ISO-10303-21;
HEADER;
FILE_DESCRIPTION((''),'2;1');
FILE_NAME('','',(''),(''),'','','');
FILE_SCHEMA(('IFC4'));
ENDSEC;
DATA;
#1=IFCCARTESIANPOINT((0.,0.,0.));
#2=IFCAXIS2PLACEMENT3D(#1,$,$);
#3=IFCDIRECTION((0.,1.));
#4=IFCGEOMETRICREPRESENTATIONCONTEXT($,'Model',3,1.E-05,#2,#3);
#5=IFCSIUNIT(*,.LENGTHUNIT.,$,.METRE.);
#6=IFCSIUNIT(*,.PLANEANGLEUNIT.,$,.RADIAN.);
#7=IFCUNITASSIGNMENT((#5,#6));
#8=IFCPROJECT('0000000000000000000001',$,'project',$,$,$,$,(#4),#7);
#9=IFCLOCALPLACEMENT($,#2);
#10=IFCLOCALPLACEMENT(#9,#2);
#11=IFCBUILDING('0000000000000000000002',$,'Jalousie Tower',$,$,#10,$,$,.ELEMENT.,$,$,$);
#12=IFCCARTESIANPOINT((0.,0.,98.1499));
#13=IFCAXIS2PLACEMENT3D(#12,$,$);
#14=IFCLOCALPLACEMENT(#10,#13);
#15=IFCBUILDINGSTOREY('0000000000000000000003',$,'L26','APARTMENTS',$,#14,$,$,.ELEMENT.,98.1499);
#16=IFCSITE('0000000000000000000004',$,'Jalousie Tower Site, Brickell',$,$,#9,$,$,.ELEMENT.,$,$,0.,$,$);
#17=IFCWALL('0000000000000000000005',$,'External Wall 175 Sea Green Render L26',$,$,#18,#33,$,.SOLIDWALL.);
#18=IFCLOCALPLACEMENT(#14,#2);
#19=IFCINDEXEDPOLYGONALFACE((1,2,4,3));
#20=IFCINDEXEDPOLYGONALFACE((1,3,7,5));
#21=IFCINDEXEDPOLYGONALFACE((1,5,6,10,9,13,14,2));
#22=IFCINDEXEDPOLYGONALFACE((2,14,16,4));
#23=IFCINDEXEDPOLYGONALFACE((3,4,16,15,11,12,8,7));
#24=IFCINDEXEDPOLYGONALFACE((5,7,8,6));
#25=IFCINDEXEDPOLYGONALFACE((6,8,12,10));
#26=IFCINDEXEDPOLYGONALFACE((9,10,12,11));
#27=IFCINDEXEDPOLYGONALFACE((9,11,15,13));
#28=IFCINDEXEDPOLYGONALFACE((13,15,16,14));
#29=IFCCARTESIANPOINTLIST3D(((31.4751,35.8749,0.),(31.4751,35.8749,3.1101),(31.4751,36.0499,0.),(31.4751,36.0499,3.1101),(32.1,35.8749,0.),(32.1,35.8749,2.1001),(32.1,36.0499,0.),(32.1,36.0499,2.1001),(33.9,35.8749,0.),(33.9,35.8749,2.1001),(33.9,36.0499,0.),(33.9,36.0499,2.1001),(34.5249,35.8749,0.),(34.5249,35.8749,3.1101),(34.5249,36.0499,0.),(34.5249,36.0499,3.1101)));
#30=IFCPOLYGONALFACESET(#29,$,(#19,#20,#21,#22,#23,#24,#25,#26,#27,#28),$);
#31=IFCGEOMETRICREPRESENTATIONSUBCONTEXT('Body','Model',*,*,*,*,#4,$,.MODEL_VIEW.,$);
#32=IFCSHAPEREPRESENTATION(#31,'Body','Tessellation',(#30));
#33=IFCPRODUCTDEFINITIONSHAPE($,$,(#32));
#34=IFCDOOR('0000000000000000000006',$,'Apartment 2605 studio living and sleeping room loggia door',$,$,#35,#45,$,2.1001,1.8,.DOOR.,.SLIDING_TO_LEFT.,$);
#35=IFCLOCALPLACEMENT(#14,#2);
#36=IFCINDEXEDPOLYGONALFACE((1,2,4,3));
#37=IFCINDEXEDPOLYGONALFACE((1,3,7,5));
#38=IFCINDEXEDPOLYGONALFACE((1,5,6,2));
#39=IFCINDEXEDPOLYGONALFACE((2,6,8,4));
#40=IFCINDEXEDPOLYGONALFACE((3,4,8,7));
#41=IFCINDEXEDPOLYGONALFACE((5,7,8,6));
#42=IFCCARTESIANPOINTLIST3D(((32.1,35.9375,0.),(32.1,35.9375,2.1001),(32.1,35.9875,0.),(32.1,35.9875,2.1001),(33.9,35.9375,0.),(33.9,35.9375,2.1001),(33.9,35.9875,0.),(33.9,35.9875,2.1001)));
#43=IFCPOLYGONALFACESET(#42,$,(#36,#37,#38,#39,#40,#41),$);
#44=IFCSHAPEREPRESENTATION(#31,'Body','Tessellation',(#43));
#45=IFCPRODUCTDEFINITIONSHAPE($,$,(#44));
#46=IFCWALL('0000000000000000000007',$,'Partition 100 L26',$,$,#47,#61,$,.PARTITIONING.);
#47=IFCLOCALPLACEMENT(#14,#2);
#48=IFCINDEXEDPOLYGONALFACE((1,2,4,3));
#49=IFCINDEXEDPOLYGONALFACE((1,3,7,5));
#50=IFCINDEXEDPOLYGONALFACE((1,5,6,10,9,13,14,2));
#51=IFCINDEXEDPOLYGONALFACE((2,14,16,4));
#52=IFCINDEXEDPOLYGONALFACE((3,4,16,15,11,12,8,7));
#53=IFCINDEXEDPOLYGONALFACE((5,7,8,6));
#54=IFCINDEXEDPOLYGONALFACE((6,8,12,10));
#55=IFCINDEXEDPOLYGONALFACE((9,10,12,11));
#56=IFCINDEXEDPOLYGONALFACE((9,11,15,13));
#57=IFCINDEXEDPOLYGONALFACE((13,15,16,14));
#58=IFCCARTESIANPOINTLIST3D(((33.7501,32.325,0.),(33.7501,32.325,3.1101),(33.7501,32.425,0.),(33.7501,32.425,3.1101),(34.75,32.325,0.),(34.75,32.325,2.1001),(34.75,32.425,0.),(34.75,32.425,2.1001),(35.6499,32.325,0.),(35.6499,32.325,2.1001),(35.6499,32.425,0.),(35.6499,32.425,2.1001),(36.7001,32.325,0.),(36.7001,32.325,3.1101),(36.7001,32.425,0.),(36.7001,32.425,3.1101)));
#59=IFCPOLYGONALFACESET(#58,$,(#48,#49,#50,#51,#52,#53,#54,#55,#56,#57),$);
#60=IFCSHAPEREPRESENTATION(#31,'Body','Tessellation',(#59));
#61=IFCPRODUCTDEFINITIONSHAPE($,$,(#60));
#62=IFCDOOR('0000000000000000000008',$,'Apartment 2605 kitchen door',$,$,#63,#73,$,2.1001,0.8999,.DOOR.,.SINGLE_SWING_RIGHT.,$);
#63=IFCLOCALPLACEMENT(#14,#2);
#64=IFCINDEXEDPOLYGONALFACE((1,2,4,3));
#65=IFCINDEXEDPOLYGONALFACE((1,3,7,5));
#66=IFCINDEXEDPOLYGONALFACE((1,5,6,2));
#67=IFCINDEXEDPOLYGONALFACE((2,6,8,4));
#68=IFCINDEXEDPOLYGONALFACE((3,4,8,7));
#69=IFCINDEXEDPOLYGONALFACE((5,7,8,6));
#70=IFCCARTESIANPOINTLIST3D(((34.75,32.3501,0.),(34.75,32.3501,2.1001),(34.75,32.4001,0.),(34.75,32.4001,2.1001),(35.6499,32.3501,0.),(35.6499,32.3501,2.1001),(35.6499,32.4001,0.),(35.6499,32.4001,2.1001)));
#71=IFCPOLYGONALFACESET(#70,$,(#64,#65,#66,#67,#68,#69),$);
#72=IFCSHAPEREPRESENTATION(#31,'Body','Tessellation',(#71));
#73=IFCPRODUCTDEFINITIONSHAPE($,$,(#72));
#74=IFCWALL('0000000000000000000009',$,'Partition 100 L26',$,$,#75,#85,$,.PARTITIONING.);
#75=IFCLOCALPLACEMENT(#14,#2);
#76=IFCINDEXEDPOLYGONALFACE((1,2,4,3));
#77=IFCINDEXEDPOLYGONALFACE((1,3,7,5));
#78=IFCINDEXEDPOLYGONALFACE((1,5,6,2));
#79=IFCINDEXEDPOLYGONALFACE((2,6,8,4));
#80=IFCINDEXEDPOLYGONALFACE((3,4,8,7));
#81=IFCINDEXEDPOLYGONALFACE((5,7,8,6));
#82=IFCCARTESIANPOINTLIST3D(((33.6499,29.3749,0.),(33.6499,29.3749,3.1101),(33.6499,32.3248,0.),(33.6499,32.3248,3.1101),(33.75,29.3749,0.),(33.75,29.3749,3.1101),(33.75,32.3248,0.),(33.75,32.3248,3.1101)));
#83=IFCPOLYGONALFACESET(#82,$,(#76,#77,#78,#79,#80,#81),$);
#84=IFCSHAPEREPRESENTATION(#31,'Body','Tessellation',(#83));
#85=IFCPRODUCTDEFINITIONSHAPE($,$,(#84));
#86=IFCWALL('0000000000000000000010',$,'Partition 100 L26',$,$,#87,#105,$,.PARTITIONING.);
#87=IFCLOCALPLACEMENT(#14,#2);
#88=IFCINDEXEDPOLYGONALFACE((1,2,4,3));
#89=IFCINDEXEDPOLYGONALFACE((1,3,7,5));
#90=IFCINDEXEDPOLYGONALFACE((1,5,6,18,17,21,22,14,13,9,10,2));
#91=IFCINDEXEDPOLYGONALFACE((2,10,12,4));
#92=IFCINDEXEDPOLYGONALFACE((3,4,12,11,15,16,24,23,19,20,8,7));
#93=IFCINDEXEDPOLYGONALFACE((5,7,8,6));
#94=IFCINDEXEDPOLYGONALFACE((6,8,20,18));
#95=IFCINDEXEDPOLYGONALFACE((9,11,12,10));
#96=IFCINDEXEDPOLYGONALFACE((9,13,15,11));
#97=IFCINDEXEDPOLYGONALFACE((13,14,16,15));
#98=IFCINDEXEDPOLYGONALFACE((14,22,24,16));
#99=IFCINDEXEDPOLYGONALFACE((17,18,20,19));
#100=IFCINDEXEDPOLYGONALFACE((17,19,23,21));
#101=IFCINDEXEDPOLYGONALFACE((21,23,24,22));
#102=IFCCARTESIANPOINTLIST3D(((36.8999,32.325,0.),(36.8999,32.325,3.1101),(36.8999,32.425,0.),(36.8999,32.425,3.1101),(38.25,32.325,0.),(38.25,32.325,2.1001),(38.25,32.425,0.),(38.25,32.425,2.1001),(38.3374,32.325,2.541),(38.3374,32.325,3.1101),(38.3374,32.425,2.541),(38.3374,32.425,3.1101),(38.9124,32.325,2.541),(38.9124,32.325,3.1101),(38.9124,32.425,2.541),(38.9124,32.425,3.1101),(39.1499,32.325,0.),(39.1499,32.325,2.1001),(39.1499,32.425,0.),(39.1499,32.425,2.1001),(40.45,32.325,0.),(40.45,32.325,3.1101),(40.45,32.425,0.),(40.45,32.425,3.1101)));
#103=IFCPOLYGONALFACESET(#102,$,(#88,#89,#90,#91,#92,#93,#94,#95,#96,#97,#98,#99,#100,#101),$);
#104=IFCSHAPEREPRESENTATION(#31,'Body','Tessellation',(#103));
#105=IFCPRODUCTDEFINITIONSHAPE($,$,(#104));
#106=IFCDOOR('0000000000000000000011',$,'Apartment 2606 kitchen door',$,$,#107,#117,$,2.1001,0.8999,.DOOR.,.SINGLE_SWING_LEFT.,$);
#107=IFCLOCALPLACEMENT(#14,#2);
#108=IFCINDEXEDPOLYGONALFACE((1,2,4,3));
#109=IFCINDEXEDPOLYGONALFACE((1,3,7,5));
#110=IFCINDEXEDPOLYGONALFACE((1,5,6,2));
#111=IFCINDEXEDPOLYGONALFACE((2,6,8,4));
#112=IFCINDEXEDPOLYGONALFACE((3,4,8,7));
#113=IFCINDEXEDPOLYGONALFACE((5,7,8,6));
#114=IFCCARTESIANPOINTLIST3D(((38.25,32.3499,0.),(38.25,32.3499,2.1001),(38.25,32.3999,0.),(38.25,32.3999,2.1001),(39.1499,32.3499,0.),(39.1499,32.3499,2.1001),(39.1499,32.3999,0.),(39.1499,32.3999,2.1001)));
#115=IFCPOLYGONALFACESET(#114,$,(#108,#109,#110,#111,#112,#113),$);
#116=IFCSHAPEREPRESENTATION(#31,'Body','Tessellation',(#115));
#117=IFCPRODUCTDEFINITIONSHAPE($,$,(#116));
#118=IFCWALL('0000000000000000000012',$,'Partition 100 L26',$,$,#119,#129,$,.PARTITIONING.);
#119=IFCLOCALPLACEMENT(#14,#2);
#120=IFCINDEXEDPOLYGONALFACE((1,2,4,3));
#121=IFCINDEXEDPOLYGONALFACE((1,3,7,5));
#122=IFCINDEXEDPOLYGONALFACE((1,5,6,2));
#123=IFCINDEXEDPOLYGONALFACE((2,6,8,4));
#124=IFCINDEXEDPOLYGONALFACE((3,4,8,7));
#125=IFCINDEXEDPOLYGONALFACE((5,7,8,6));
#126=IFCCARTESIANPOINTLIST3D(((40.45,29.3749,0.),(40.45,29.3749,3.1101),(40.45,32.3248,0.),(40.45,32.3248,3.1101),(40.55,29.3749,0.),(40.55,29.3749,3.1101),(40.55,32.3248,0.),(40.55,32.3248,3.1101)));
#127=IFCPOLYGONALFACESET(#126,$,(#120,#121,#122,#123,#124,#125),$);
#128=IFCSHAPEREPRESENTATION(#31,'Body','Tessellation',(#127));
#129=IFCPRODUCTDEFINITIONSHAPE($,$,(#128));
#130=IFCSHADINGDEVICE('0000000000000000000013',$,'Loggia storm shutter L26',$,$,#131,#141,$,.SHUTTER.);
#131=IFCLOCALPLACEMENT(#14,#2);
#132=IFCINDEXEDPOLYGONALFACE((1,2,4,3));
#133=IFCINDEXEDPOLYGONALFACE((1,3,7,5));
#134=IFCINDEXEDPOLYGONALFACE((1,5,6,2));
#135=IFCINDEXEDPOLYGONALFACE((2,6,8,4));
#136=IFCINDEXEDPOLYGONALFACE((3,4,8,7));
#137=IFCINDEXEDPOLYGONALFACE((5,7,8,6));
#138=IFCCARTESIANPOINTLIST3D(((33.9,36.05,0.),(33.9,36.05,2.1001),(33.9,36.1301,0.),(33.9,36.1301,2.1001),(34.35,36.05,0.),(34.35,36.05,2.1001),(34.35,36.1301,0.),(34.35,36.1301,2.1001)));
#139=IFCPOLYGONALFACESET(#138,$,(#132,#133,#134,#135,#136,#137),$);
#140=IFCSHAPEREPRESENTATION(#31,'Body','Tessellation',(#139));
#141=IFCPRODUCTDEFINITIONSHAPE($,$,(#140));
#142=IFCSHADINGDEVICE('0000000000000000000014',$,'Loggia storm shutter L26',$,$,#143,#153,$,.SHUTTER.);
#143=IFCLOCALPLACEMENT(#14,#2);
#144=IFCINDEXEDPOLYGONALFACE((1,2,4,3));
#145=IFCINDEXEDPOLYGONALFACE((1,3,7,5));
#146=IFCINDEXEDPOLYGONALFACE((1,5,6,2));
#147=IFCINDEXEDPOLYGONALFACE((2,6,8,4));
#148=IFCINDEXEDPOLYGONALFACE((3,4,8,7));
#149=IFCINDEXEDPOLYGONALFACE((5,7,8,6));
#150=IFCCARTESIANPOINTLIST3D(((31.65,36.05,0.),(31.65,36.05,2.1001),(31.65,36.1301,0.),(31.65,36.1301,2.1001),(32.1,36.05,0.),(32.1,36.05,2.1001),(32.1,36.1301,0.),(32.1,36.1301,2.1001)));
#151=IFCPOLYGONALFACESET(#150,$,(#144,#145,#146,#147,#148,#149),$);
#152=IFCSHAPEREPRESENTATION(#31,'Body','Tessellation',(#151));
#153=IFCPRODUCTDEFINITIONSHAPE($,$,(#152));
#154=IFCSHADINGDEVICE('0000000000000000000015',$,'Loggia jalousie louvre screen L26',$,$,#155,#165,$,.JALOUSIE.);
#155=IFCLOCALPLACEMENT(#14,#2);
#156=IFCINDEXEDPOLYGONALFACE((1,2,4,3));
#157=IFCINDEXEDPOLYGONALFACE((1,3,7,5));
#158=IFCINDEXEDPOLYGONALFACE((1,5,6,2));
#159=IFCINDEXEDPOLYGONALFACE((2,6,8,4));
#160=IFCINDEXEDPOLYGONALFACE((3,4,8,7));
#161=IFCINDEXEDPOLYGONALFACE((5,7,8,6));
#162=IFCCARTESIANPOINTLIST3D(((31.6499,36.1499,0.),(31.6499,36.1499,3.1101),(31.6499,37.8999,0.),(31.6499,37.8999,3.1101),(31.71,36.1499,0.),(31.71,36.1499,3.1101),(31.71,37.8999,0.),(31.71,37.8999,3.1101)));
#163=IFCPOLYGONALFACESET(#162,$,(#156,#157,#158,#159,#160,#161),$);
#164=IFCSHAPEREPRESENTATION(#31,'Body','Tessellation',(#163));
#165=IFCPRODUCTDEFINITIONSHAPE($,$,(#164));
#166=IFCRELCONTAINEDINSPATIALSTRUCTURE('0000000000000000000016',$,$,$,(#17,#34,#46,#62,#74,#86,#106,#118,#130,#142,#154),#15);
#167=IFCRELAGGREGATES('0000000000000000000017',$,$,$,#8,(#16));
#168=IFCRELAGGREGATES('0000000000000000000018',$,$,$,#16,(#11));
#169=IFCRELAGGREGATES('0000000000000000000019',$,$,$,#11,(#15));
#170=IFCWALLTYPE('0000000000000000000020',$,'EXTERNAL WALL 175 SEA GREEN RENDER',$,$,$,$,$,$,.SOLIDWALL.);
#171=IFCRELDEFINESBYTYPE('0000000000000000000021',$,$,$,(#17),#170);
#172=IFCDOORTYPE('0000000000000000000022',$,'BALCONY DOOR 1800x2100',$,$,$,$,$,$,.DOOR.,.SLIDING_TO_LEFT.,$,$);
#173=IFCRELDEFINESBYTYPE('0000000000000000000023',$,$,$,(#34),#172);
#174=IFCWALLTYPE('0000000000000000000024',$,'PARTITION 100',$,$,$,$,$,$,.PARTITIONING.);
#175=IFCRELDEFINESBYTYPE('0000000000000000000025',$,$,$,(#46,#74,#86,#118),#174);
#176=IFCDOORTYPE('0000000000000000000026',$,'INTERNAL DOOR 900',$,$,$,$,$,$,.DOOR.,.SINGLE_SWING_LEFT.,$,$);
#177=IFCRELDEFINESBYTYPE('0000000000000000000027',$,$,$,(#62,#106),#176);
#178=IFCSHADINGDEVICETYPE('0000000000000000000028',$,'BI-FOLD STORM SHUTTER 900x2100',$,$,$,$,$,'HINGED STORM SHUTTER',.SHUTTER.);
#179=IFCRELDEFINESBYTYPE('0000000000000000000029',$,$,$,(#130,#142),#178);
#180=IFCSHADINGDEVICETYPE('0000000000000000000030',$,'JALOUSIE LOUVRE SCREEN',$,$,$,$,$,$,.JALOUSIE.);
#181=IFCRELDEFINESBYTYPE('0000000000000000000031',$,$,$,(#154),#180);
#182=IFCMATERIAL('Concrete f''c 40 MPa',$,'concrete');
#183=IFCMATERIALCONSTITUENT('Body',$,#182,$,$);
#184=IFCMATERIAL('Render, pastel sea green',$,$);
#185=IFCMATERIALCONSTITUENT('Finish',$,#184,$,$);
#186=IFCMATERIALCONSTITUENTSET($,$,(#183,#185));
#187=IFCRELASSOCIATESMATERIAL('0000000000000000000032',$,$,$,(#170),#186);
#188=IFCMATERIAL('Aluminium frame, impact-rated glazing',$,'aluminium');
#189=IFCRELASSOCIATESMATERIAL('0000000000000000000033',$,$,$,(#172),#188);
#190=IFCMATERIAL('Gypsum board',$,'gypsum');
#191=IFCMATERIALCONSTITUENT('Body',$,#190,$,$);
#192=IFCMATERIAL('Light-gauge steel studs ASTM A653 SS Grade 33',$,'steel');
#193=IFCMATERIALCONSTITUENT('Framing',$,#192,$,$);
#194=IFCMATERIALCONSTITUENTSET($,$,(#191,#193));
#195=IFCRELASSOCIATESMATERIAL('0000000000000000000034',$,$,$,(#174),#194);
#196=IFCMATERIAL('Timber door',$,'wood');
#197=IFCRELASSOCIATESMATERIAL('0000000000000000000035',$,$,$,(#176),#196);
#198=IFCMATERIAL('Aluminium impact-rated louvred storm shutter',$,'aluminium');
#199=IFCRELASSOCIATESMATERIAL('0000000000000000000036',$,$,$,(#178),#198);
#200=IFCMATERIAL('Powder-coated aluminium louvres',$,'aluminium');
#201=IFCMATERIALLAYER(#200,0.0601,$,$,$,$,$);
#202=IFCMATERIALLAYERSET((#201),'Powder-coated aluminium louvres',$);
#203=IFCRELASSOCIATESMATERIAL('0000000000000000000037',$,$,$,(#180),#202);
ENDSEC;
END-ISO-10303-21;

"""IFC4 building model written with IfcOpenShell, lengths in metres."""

from ifc_helpers import new_model, si_unit, direction, frame, frame_2d, origin, origin_2d, place, context, subcontext, project, spatial, polyline, rectangle, outline, extrude, material, layer, layer_set, constituent, constituent_set, type_object, element, fill, save


model = new_model("IFC4")

# Units and contexts
model_context = context("Model", 3, precision=1e-05, world=origin(), true_north=direction((0.0, 1.0)))
body_context = subcontext(model_context, "Body", "Model", "MODEL_VIEW")
ifc_project = project(units=[si_unit("LENGTHUNIT", "METRE"), si_unit("PLANEANGLEUNIT", "RADIAN")], contexts=[model_context])

# Site, building, storey
site_placement = place(None, origin())
site = spatial("IfcSite", under=ifc_project, at=site_placement, Name="Jalousie Tower Site, Brickell", CompositionType="ELEMENT", RefElevation=0.0)
building_placement = place(site_placement, origin())
building = spatial("IfcBuilding", under=site, at=building_placement, Name="Jalousie Tower", CompositionType="ELEMENT")
storey_placement = place(building_placement, frame((0.0, 0.0, 98.1499)))
storey = spatial("IfcBuildingStorey", under=building, at=storey_placement, Name="L26", Description="APARTMENTS", CompositionType="ELEMENT", Elevation=98.1499)

# Walls, openings, doors
ifc_material_1 = material(Name="Concrete f'c 40 MPa", Category="concrete")
ifc_constituent_1 = constituent(ifc_material_1, Name="Body")
ifc_material_2 = material(Name="Render, pastel sea green")
ifc_constituent_2 = constituent(ifc_material_2, Name="Finish")
ifc_constituent_set_1 = constituent_set(constituents=[ifc_constituent_1, ifc_constituent_2])
wall_type_1 = type_object("IfcWallType", Name="EXTERNAL WALL 175 SEA GREEN RENDER", PredefinedType="SOLIDWALL", material=ifc_constituent_set_1)
wall_1_placement = place(storey_placement, frame((34.5249, 35.9624, 0.0), z_axis=(0.0, 0.0, 1.0), x_axis=(-1.0, 0.0, 0.0)))
wall_1 = element("IfcWall", 1, at=wall_1_placement, inside=storey, type_object=wall_type_1, Name="External Wall 175 Sea Green Render L26", PredefinedType="SOLIDWALL", context=body_context, shape_type="SweptSolid", body=[
    extrude(rectangle(XDim=3.0498, YDim=0.175, at=frame_2d((1.5249, 0.0))), origin(), (0.0, 0.0, 1.0), 3.1101),
])
opening_1_placement = place(wall_1_placement, frame((0.625, 0.0, 0.0)))
opening_1 = element("IfcOpeningElement", 2, at=opening_1_placement, cuts=wall_1, PredefinedType="OPENING", context=body_context, shape_type="SweptSolid", body=[
    extrude(rectangle(XDim=1.8, YDim=2.1001, at=frame_2d((0.8999, 1.05))), frame((0.0, 0.0974, 0.0), z_axis=(0.0, -1.0, 0.0), x_axis=(1.0, 0.0, 0.0)), (0.0, 0.0, 1.0), 0.1951),
])
ifc_material_3 = material(Name="Aluminium frame, impact-rated glazing", Category="aluminium")
door_type_1 = type_object("IfcDoorType", Name="BALCONY DOOR 1800x2100", OperationType="SLIDING_TO_LEFT", PredefinedType="DOOR", material=ifc_material_3)
door_1_placement = place(opening_1_placement, origin())
door_1 = element("IfcDoor", 3, at=door_1_placement, inside=storey, type_object=door_type_1, Name="Apartment 2605 studio living and sleeping room loggia door", OperationType="SLIDING_TO_LEFT", OverallHeight=2.1001, OverallWidth=1.8, PredefinedType="DOOR", context=body_context, shape_type="SweptSolid", body=[
    extrude(rectangle(XDim=1.8, YDim=2.1001, at=frame_2d((0.8999, 1.05))), frame((0.0, 0.0249, 0.0), z_axis=(0.0, -1.0, 0.0), x_axis=(1.0, 0.0, 0.0)), (0.0, 0.0, 1.0), 0.05),
])
fill(opening_1, door_1)
ifc_material_4 = material(Name="Gypsum board", Category="gypsum")
ifc_constituent_3 = constituent(ifc_material_4, Name="Body")
ifc_material_5 = material(Name="Light-gauge steel studs ASTM A653 SS Grade 33", Category="steel")
ifc_constituent_4 = constituent(ifc_material_5, Name="Framing")
ifc_constituent_set_2 = constituent_set(constituents=[ifc_constituent_3, ifc_constituent_4])
wall_type_2 = type_object("IfcWallType", Name="PARTITION 100", PredefinedType="PARTITIONING", material=ifc_constituent_set_2)
wall_2_placement = place(storey_placement, frame((33.75, 32.375, 0.0), z_axis=(0.0, 0.0, 1.0), x_axis=(1.0, 0.0, 0.0)))
wall_2 = element("IfcWall", 4, at=wall_2_placement, inside=storey, type_object=wall_type_2, Name="Partition 100 L26", PredefinedType="PARTITIONING", context=body_context, shape_type="SweptSolid", body=[
    extrude(rectangle(XDim=2.95, YDim=0.1001, at=frame_2d((1.4751, 0.0))), origin(), (0.0, 0.0, 1.0), 3.1101),
])
opening_2_placement = place(wall_2_placement, frame((1.0, 0.0, 0.0)))
opening_2 = element("IfcOpeningElement", 5, at=opening_2_placement, cuts=wall_2, PredefinedType="OPENING", context=body_context, shape_type="SweptSolid", body=[
    extrude(rectangle(XDim=0.8999, YDim=2.1001, at=frame_2d((0.45, 1.05))), frame((0.0, 0.0601, 0.0), z_axis=(0.0, -1.0, 0.0), x_axis=(1.0, 0.0, 0.0)), (0.0, 0.0, 1.0), 0.1201),
])
ifc_material_6 = material(Name="Timber door", Category="wood")
door_type_2 = type_object("IfcDoorType", Name="INTERNAL DOOR 900", OperationType="SINGLE_SWING_LEFT", PredefinedType="DOOR", material=ifc_material_6)
door_2_placement = place(opening_2_placement, frame((0.8999, 0.0, 0.0), z_axis=(0.0, 0.0, 1.0), x_axis=(-1.0, 0.0, 0.0)))
door_2 = element("IfcDoor", 6, at=door_2_placement, inside=storey, type_object=door_type_2, Name="Apartment 2605 kitchen door", OperationType="SINGLE_SWING_RIGHT", OverallHeight=2.1001, OverallWidth=0.8999, PredefinedType="DOOR", context=body_context, shape_type="SweptSolid", body=[
    extrude(rectangle(XDim=0.8999, YDim=2.1001, at=frame_2d((0.45, 1.05))), frame((0.0, 0.0249, 0.0), z_axis=(0.0, -1.0, 0.0), x_axis=(1.0, 0.0, 0.0)), (0.0, 0.0, 1.0), 0.05),
])
fill(opening_2, door_2)

# Wall
wall_3_placement = place(storey_placement, frame((33.7, 32.325, 0.0), z_axis=(0.0, 0.0, 1.0), x_axis=(0.0, -1.0, 0.0)))
element("IfcWall", 7, at=wall_3_placement, inside=storey, type_object=wall_type_2, Name="Partition 100 L26", PredefinedType="PARTITIONING", context=body_context, shape_type="SweptSolid", body=[
    extrude(rectangle(XDim=2.95, YDim=0.1001, at=frame_2d((1.4751, 0.0))), origin(), (0.0, 0.0, 1.0), 3.1101),
])

# Wall, opening, door
wall_4_placement = place(storey_placement, frame((36.8999, 32.375, 0.0), z_axis=(0.0, 0.0, 1.0), x_axis=(1.0, 0.0, 0.0)))
wall_4 = element("IfcWall", 8, at=wall_4_placement, inside=storey, type_object=wall_type_2, Name="Partition 100 L26", PredefinedType="PARTITIONING", context=body_context, shape_type="SweptSolid", body=[
    extrude(outline(polyline([(0.0, 0.0), (3.55, 0.0), (3.55, 3.1101), (2.0125, 3.1101), (2.0125, 2.541), (1.4375, 2.541), (1.4375, 3.1101), (0.0, 3.1101), (0.0, 0.0)])), frame((0.0, 0.05, 0.0), z_axis=(0.0, -1.0, 0.0), x_axis=(1.0, 0.0, 0.0)), (0.0, 0.0, 1.0), 0.1001),
])
opening_3_placement = place(wall_4_placement, frame((1.3501, 0.0, 0.0)))
opening_3 = element("IfcOpeningElement", 9, at=opening_3_placement, cuts=wall_4, PredefinedType="OPENING", context=body_context, shape_type="SweptSolid", body=[
    extrude(rectangle(XDim=0.8999, YDim=2.1001, at=frame_2d((0.45, 1.05))), frame((0.0, 0.0601, 0.0), z_axis=(0.0, -1.0, 0.0), x_axis=(1.0, 0.0, 0.0)), (0.0, 0.0, 1.0), 0.1201),
])
door_3_placement = place(opening_3_placement, origin())
door_3 = element("IfcDoor", 10, at=door_3_placement, inside=storey, type_object=door_type_2, Name="Apartment 2606 kitchen door", OperationType="SINGLE_SWING_LEFT", OverallHeight=2.1001, OverallWidth=0.8999, PredefinedType="DOOR", context=body_context, shape_type="SweptSolid", body=[
    extrude(rectangle(XDim=0.8999, YDim=2.1001, at=frame_2d((0.45, 1.05))), frame((0.0, 0.0249, 0.0), z_axis=(0.0, -1.0, 0.0), x_axis=(1.0, 0.0, 0.0)), (0.0, 0.0, 1.0), 0.05),
])
fill(opening_3, door_3)

# Wall
wall_5_placement = place(storey_placement, frame((40.5, 32.325, 0.0), z_axis=(0.0, 0.0, 1.0), x_axis=(0.0, -1.0, 0.0)))
element("IfcWall", 11, at=wall_5_placement, inside=storey, type_object=wall_type_2, Name="Partition 100 L26", PredefinedType="PARTITIONING", context=body_context, shape_type="SweptSolid", body=[
    extrude(rectangle(XDim=2.95, YDim=0.1001, at=frame_2d((1.4751, 0.0))), origin(), (0.0, 0.0, 1.0), 3.1101),
])

# Shading devices
ifc_material_7 = material(Name="Aluminium impact-rated louvred storm shutter", Category="aluminium")
shading_device_type_1 = type_object("IfcShadingDeviceType", Name="BI-FOLD STORM SHUTTER 900x2100", ElementType="HINGED STORM SHUTTER", PredefinedType="SHUTTER", material=ifc_material_7)
for number, where, z_axis, x_axis, name in (
    (12, (34.125, 36.0901, 0.0), (0.0, 0.0, 1.0), (-1.0, 0.0, 0.0), "Loggia storm shutter L26"),
    (13, (31.875, 36.0901, 0.0), (0.0, 0.0, 1.0), (-1.0, 0.0, 0.0), "Loggia storm shutter L26"),
):
    element("IfcShadingDevice", number, at=place(storey_placement, frame(where, z_axis=z_axis, x_axis=x_axis)), inside=storey, type_object=shading_device_type_1, Name=name, PredefinedType="SHUTTER", context=body_context, shape_type="SweptSolid", body=[
        extrude(rectangle(XDim=0.45, YDim=0.0801, at=origin_2d()), origin(), (0.0, 0.0, 1.0), 2.1001),
    ])
ifc_material_8 = material(Name="Powder-coated aluminium louvres", Category="aluminium")
ifc_layer_1 = layer(ifc_material_8, 0.0601)
ifc_layer_set_1 = layer_set([ifc_layer_1], Name="Powder-coated aluminium louvres")
shading_device_type_2 = type_object("IfcShadingDeviceType", Name="JALOUSIE LOUVRE SCREEN", PredefinedType="JALOUSIE", material=ifc_layer_set_1)
shading_device_placement = place(storey_placement, frame((31.6799, 37.0249, 0.0), z_axis=(0.0, 0.0, 1.0), x_axis=(-1.0, 0.0, 0.0)))
element("IfcShadingDevice", 14, at=shading_device_placement, inside=storey, type_object=shading_device_type_2, Name="Loggia jalousie louvre screen L26", PredefinedType="JALOUSIE", context=body_context, shape_type="SweptSolid", body=[
    extrude(rectangle(XDim=0.0601, YDim=1.75, at=origin_2d()), origin(), (0.0, 0.0, 1.0), 3.1101),
])

save(model, "model.ifc")
